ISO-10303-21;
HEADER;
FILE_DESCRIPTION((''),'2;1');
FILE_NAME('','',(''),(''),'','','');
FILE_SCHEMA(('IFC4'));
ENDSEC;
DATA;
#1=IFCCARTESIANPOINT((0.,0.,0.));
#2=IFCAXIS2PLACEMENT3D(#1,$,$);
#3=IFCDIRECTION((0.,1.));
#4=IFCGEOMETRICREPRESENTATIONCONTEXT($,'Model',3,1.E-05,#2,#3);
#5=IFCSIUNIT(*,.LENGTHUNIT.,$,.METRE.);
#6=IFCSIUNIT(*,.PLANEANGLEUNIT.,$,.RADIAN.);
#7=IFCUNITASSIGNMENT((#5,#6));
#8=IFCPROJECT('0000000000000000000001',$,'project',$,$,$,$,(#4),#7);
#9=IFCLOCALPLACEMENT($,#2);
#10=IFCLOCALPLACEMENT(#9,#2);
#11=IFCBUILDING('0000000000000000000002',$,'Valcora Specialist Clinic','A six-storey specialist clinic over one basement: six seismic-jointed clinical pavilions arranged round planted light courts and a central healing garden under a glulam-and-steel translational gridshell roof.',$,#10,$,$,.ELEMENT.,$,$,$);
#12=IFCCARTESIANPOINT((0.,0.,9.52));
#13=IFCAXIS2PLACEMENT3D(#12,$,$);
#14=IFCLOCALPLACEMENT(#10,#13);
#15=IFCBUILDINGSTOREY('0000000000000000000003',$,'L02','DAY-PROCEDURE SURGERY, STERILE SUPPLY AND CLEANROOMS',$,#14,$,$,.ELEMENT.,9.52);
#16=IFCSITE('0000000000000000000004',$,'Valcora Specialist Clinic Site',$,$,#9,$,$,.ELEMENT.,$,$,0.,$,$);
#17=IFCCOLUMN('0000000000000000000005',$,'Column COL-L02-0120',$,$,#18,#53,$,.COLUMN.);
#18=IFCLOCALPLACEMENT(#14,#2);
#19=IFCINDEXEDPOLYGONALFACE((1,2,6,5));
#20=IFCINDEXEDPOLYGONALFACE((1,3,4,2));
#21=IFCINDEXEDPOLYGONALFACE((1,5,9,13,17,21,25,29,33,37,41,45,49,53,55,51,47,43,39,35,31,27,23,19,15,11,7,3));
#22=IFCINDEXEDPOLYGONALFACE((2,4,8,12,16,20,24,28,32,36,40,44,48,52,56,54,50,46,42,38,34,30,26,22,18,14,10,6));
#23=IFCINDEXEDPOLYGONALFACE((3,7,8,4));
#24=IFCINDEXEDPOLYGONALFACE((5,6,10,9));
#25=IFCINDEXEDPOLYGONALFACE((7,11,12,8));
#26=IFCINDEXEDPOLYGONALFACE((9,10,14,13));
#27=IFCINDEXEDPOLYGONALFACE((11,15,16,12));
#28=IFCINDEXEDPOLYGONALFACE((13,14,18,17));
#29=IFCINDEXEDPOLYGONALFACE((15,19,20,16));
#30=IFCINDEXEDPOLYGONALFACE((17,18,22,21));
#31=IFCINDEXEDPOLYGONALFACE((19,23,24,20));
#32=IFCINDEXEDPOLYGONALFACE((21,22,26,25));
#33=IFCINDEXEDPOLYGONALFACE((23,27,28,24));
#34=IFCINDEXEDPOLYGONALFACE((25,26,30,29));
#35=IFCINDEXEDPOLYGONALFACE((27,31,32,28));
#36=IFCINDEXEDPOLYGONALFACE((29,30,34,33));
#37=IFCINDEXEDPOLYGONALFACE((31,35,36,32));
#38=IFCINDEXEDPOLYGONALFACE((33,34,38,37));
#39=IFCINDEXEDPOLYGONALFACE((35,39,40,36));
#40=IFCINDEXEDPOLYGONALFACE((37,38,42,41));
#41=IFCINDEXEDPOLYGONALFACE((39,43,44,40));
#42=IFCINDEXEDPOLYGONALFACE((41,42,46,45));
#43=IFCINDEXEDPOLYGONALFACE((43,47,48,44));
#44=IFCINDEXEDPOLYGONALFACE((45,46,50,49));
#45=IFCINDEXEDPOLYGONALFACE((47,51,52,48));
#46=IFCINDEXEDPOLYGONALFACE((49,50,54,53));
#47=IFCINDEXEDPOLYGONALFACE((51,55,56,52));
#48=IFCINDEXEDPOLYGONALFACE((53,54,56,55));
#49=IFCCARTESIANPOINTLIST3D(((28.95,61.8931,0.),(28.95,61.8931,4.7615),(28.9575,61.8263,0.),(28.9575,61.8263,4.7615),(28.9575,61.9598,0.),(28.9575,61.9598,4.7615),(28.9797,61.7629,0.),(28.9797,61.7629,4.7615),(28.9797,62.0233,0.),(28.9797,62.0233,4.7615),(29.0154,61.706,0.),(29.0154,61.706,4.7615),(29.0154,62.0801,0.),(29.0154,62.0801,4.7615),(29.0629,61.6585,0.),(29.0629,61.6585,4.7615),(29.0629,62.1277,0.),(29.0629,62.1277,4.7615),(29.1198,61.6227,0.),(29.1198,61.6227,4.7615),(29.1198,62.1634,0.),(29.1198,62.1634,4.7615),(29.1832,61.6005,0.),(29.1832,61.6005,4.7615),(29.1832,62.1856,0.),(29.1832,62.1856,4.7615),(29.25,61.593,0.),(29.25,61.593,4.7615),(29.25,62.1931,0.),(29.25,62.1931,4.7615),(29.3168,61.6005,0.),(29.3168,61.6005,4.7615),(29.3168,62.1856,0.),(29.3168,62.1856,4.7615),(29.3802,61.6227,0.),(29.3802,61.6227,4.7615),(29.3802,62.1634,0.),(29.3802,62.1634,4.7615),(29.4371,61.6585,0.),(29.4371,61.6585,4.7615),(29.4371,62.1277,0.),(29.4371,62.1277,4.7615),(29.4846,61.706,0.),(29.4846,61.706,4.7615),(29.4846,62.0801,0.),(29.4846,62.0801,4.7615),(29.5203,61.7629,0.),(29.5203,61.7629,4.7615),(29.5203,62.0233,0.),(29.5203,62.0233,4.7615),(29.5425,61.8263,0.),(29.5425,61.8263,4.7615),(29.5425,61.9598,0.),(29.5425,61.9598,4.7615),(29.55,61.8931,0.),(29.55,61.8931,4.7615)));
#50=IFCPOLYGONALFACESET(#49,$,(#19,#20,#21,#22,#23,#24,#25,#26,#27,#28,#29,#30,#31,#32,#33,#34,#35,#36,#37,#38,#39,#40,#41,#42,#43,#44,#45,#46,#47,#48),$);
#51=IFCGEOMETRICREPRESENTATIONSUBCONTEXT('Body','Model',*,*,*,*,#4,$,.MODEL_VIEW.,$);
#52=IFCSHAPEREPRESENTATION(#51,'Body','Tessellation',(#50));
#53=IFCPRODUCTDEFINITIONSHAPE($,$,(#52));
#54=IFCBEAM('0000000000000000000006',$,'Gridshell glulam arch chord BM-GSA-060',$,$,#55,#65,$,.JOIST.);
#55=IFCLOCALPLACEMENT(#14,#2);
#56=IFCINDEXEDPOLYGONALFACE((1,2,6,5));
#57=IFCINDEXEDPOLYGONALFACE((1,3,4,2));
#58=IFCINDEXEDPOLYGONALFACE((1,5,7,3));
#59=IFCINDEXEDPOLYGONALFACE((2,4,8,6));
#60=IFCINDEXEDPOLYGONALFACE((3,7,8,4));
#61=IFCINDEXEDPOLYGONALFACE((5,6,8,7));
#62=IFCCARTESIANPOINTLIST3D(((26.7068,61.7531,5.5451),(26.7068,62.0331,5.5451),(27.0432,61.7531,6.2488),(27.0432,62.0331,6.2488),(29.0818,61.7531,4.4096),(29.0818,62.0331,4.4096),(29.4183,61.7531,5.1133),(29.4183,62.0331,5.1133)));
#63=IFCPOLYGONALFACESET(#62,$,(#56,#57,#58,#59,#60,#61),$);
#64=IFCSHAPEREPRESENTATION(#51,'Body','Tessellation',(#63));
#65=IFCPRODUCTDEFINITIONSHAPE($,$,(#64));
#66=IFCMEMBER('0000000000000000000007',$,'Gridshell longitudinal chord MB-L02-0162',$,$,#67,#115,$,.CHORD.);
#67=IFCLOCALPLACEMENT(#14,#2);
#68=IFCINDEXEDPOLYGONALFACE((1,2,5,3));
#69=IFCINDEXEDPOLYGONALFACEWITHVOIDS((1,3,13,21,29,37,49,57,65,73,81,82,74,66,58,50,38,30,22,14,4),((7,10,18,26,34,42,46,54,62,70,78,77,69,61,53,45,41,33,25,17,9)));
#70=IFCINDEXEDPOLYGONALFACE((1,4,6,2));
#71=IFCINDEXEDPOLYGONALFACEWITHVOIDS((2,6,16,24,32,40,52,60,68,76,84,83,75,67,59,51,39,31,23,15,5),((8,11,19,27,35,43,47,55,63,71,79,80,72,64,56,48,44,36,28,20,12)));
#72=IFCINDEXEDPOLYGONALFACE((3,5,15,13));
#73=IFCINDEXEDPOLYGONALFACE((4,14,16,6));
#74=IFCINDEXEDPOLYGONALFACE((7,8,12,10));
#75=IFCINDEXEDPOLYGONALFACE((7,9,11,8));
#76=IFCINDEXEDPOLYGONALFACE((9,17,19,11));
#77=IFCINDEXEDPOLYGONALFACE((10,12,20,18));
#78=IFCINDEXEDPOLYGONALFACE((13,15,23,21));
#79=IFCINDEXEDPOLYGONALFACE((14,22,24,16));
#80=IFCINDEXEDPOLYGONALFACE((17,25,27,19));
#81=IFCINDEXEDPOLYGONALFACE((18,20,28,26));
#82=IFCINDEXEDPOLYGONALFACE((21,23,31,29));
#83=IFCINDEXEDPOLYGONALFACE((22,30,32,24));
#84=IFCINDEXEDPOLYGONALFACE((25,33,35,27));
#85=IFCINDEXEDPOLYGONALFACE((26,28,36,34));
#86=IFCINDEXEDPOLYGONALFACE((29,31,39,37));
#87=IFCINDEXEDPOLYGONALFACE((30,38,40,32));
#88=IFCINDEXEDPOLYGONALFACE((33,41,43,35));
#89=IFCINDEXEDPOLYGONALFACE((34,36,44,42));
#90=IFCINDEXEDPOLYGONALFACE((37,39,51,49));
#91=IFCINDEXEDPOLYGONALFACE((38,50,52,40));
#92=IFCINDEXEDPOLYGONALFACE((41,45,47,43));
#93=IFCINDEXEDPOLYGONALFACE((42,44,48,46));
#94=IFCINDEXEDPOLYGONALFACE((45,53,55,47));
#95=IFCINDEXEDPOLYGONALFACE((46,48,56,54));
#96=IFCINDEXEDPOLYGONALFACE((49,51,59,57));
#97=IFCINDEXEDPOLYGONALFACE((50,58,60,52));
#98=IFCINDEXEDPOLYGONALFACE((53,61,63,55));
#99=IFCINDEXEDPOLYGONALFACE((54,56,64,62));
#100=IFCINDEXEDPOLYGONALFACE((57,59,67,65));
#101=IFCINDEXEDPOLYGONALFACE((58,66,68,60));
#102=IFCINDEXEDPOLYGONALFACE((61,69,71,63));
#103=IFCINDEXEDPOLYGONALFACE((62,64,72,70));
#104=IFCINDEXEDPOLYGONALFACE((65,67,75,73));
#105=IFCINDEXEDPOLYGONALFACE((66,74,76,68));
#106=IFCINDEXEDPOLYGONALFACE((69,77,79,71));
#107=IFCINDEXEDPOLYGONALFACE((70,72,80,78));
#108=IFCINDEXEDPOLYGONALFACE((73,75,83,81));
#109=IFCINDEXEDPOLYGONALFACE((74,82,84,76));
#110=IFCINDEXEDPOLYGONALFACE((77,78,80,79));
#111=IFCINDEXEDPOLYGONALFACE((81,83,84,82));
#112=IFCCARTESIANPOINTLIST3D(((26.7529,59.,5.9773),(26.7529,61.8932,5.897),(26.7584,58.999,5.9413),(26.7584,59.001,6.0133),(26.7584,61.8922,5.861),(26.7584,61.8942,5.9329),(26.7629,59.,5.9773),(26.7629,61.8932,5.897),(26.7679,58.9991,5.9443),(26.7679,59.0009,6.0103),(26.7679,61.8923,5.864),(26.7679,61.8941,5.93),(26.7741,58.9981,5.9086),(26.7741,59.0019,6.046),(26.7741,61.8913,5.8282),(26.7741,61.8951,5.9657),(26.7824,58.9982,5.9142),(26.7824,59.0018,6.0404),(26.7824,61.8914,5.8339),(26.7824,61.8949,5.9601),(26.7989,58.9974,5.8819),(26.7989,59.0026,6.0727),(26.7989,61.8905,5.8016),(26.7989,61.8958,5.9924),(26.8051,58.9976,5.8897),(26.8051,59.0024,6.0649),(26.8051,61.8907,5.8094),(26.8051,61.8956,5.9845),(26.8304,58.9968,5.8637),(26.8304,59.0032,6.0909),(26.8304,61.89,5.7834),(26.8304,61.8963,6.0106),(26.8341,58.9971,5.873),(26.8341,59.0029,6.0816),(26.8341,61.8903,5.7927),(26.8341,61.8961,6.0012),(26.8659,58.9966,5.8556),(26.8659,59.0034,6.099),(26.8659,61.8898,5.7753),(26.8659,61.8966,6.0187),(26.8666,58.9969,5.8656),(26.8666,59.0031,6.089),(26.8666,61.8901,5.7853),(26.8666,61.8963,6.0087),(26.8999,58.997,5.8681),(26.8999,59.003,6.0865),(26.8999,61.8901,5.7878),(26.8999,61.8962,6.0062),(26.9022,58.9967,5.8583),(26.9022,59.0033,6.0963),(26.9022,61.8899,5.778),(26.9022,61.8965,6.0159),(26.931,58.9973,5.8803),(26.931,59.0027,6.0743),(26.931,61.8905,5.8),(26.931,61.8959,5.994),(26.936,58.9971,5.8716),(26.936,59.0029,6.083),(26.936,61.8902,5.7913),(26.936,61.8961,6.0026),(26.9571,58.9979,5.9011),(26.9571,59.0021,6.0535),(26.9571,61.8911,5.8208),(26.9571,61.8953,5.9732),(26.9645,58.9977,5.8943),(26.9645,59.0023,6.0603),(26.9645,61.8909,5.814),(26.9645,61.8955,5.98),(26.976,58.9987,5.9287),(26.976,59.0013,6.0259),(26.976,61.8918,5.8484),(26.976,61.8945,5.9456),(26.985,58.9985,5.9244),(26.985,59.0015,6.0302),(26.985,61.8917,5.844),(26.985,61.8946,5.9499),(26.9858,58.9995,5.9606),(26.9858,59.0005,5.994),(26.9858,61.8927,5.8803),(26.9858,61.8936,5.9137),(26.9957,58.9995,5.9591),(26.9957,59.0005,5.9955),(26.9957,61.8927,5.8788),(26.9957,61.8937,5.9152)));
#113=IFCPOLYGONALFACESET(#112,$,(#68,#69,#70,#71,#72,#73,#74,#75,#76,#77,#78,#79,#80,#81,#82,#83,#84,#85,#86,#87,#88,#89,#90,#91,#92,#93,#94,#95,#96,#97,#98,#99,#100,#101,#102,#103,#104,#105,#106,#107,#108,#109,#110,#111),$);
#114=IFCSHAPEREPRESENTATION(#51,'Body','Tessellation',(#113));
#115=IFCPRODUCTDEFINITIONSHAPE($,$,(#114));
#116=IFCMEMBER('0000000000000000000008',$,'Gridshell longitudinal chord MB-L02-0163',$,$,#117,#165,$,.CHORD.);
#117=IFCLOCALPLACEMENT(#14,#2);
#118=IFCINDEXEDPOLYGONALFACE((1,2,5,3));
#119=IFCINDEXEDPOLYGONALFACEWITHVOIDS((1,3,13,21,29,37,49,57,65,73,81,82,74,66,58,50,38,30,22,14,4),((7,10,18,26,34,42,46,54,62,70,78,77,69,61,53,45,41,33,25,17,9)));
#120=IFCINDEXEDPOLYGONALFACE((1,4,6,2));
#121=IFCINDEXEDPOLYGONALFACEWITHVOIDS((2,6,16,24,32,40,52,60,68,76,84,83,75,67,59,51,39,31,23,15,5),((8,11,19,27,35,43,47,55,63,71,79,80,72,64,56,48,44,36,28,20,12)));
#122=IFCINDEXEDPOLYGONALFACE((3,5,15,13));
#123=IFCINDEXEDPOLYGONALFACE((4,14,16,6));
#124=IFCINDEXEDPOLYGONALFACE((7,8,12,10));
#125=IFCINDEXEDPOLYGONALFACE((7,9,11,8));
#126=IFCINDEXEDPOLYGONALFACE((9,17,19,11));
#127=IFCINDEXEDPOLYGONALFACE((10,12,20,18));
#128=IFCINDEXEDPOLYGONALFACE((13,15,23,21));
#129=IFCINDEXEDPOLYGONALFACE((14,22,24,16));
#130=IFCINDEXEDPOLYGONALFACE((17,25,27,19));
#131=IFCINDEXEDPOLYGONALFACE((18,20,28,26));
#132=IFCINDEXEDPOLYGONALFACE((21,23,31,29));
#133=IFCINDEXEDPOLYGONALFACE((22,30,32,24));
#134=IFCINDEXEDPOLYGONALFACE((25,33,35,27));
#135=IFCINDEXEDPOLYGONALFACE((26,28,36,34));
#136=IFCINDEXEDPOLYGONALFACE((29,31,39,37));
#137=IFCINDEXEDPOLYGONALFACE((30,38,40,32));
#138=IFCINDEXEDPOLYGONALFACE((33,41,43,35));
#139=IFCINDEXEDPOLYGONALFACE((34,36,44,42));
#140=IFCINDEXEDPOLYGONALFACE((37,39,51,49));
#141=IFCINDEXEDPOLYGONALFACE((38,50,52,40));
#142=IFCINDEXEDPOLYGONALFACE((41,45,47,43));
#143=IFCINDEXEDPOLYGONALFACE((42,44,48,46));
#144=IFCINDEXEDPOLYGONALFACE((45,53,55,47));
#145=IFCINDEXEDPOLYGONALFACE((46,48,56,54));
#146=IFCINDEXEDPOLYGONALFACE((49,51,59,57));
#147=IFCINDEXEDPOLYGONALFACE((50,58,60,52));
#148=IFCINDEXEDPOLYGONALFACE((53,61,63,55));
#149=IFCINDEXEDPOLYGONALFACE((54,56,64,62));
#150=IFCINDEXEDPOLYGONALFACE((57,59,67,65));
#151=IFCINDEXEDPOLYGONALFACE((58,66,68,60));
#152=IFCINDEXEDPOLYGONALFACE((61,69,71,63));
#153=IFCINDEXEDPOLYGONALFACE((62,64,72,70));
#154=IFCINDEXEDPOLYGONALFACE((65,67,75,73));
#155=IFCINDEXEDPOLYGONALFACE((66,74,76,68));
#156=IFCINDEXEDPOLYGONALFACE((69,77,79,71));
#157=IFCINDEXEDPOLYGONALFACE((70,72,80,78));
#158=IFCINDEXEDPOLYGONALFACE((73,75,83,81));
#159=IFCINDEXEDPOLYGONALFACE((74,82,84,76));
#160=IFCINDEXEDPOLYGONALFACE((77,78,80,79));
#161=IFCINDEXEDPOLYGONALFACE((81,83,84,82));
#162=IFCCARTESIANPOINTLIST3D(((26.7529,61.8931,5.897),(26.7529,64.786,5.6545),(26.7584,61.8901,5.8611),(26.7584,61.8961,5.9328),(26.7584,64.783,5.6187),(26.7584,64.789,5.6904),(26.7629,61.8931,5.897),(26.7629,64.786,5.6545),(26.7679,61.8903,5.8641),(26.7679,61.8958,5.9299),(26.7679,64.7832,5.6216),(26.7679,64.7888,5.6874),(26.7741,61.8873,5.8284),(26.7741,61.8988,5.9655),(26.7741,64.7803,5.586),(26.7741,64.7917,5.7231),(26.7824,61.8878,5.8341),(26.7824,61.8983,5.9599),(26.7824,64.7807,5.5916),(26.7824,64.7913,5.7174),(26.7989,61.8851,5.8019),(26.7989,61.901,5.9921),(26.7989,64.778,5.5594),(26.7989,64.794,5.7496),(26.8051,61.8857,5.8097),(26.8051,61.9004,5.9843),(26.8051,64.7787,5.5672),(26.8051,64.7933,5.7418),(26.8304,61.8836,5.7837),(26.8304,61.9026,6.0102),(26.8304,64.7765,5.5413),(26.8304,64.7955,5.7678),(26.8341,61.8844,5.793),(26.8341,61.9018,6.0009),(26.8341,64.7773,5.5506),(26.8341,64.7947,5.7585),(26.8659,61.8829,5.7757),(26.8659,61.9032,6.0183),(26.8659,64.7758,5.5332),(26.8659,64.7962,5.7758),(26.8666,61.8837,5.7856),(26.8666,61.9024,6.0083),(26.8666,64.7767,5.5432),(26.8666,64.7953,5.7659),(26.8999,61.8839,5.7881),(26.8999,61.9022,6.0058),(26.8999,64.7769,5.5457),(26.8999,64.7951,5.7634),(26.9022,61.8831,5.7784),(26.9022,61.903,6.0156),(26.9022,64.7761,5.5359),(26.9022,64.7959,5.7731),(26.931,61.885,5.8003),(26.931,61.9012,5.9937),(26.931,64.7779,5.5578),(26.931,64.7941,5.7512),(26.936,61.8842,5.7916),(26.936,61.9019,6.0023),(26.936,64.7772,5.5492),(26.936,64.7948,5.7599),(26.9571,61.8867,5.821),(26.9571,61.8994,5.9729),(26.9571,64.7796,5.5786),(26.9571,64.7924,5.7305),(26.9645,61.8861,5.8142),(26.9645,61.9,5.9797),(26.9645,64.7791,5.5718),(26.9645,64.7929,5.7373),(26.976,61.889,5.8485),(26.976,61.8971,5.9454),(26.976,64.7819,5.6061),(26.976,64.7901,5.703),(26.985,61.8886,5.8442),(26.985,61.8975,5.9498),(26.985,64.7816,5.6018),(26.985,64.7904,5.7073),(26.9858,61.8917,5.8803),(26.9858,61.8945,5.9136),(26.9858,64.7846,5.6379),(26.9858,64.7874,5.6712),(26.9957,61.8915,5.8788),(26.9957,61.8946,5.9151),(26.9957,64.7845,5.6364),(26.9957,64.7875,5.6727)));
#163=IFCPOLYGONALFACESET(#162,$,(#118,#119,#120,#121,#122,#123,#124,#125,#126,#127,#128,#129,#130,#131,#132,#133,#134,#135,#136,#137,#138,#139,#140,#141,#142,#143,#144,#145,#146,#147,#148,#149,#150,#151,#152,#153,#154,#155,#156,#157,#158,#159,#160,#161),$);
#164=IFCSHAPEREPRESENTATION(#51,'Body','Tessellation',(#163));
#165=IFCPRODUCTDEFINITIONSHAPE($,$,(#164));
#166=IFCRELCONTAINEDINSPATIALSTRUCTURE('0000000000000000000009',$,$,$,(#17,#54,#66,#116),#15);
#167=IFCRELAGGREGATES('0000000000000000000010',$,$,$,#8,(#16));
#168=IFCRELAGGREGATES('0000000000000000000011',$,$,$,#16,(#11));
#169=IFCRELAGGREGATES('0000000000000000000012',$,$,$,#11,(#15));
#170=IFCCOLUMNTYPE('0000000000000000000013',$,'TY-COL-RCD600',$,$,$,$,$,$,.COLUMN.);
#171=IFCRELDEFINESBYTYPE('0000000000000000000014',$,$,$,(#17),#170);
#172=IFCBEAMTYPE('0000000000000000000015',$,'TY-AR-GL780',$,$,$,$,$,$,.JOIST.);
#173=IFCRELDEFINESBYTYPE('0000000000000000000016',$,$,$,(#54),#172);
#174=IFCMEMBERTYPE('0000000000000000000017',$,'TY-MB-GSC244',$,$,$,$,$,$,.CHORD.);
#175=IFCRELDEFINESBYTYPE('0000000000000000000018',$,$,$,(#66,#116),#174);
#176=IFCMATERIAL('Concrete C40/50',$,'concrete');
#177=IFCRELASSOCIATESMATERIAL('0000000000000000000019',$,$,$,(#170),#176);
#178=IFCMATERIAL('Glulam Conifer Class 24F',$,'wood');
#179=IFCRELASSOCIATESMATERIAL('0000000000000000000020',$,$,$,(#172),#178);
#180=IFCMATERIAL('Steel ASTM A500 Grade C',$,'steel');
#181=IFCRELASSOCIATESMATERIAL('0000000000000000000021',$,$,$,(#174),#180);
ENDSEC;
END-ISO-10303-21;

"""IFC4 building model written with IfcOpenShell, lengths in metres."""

from ifc_helpers import new_model, si_unit, direction, frame, origin, origin_2d, place, context, subcontext, project, spatial, rectangle, circle, hollow_circle, extrude, material, material_profile, profile_set, type_object, element, save


model = new_model("IFC4")

# Units and contexts
model_context = context("Model", 3, precision=1e-05, world=origin(), true_north=direction((0.0, 1.0)))
body_context = subcontext(model_context, "Body", "Model", "MODEL_VIEW")
ifc_project = project(units=[si_unit("LENGTHUNIT", "METRE"), si_unit("PLANEANGLEUNIT", "RADIAN")], contexts=[model_context])

# Site, building, storey
site_placement = place(None, origin())
site = spatial("IfcSite", under=ifc_project, at=site_placement, Name="Valcora Specialist Clinic Site", CompositionType="ELEMENT", RefElevation=0.0)
building_placement = place(site_placement, origin())
building = spatial("IfcBuilding", under=site, at=building_placement, Name="Valcora Specialist Clinic", Description="A six-storey specialist clinic over one basement: six seismic-jointed clinical pavilions arranged round planted light courts and a central healing garden under a glulam-and-steel translational gridshell roof.", CompositionType="ELEMENT")
storey_placement = place(building_placement, frame((0.0, 0.0, 9.52)))
storey = spatial("IfcBuildingStorey", under=building, at=storey_placement, Name="L02", Description="DAY-PROCEDURE SURGERY, STERILE SUPPLY AND CLEANROOMS", CompositionType="ELEMENT", Elevation=9.52)

# Column
ifc_material_1 = material(Name="Concrete C40/50", Category="concrete")
ifc_material_profile_1 = material_profile(ifc_material_1, circle(Radius=0.3, at=origin_2d()), Name="RC-COL-D600")
ifc_profile_set_1 = profile_set([ifc_material_profile_1], Name="Concrete C40/50")
column_type = type_object("IfcColumnType", Name="TY-COL-RCD600", PredefinedType="COLUMN", material=ifc_profile_set_1)
column_placement = place(storey_placement, frame((29.25, 61.8931, 0.0), z_axis=(0.0, 0.0, 1.0), x_axis=(1.0, 0.0, 0.0)))
element("IfcColumn", 1, at=column_placement, inside=storey, type_object=column_type, Name="Column COL-L02-0120", PredefinedType="COLUMN", context=body_context, shape_type="SweptSolid", body=[
    extrude(circle(Radius=0.3, at=origin_2d()), origin(), (0.0, 0.0, 1.0), 4.7615),
])

# Beam
ifc_material_2 = material(Name="Glulam Conifer Class 24F", Category="wood")
ifc_material_profile_2 = material_profile(ifc_material_2, rectangle(XDim=0.28, YDim=0.78, at=origin_2d()), Name="GL-ARC-280X780")
ifc_profile_set_2 = profile_set([ifc_material_profile_2], Name="Glulam Conifer Class 24F")
beam_type = type_object("IfcBeamType", Name="TY-AR-GL780", PredefinedType="JOIST", material=ifc_profile_set_2)
beam_placement = place(storey_placement, frame((26.875, 61.8931, 5.897), z_axis=(0.902189, 0.0, -0.431341), x_axis=(0.0, 1.0, 0.0)))
element("IfcBeam", 2, at=beam_placement, inside=storey, type_object=beam_type, Name="Gridshell glulam arch chord BM-GSA-060", PredefinedType="JOIST", context=body_context, shape_type="SweptSolid", body=[
    extrude(rectangle(XDim=0.28, YDim=0.78, at=origin_2d()), origin(), (0.0, 0.0, 1.0), 2.6326),
])

# Members
ifc_material_3 = material(Name="Steel ASTM A500 Grade C", Category="steel")
ifc_material_profile_3 = material_profile(ifc_material_3, hollow_circle(Radius=0.1221, WallThickness=0.01, at=origin_2d()), Name="ST-CHS-244X10")
ifc_profile_set_3 = profile_set([ifc_material_profile_3], Name="Steel ASTM A500 Grade C")
member_type_1 = type_object("IfcMemberType", Name="TY-MB-GSC244", PredefinedType="CHORD", material=ifc_profile_set_3)
member_1_placement = place(storey_placement, frame((26.875, 59.0, 5.9773), z_axis=(0.0, 0.999615, -0.027753), x_axis=(-1.0, 0.0, 0.0)))
element("IfcMember", 3, at=member_1_placement, inside=storey, type_object=member_type_1, Name="Gridshell longitudinal chord MB-L02-0162", PredefinedType="CHORD", context=body_context, shape_type="SweptSolid", body=[
    extrude(hollow_circle(Radius=0.1221, WallThickness=0.01, at=origin_2d()), origin(), (0.0, 0.0, 1.0), 2.8943),
])
member_2_placement = place(storey_placement, frame((26.875, 61.8931, 5.897), z_axis=(0.0, 0.996507, -0.083512), x_axis=(-1.0, 0.0, 0.0)))
element("IfcMember", 4, at=member_2_placement, inside=storey, type_object=member_type_1, Name="Gridshell longitudinal chord MB-L02-0163", PredefinedType="CHORD", context=body_context, shape_type="SweptSolid", body=[
    extrude(hollow_circle(Radius=0.1221, WallThickness=0.01, at=origin_2d()), origin(), (0.0, 0.0, 1.0), 2.9031),
])

save(model, "model.ifc")
